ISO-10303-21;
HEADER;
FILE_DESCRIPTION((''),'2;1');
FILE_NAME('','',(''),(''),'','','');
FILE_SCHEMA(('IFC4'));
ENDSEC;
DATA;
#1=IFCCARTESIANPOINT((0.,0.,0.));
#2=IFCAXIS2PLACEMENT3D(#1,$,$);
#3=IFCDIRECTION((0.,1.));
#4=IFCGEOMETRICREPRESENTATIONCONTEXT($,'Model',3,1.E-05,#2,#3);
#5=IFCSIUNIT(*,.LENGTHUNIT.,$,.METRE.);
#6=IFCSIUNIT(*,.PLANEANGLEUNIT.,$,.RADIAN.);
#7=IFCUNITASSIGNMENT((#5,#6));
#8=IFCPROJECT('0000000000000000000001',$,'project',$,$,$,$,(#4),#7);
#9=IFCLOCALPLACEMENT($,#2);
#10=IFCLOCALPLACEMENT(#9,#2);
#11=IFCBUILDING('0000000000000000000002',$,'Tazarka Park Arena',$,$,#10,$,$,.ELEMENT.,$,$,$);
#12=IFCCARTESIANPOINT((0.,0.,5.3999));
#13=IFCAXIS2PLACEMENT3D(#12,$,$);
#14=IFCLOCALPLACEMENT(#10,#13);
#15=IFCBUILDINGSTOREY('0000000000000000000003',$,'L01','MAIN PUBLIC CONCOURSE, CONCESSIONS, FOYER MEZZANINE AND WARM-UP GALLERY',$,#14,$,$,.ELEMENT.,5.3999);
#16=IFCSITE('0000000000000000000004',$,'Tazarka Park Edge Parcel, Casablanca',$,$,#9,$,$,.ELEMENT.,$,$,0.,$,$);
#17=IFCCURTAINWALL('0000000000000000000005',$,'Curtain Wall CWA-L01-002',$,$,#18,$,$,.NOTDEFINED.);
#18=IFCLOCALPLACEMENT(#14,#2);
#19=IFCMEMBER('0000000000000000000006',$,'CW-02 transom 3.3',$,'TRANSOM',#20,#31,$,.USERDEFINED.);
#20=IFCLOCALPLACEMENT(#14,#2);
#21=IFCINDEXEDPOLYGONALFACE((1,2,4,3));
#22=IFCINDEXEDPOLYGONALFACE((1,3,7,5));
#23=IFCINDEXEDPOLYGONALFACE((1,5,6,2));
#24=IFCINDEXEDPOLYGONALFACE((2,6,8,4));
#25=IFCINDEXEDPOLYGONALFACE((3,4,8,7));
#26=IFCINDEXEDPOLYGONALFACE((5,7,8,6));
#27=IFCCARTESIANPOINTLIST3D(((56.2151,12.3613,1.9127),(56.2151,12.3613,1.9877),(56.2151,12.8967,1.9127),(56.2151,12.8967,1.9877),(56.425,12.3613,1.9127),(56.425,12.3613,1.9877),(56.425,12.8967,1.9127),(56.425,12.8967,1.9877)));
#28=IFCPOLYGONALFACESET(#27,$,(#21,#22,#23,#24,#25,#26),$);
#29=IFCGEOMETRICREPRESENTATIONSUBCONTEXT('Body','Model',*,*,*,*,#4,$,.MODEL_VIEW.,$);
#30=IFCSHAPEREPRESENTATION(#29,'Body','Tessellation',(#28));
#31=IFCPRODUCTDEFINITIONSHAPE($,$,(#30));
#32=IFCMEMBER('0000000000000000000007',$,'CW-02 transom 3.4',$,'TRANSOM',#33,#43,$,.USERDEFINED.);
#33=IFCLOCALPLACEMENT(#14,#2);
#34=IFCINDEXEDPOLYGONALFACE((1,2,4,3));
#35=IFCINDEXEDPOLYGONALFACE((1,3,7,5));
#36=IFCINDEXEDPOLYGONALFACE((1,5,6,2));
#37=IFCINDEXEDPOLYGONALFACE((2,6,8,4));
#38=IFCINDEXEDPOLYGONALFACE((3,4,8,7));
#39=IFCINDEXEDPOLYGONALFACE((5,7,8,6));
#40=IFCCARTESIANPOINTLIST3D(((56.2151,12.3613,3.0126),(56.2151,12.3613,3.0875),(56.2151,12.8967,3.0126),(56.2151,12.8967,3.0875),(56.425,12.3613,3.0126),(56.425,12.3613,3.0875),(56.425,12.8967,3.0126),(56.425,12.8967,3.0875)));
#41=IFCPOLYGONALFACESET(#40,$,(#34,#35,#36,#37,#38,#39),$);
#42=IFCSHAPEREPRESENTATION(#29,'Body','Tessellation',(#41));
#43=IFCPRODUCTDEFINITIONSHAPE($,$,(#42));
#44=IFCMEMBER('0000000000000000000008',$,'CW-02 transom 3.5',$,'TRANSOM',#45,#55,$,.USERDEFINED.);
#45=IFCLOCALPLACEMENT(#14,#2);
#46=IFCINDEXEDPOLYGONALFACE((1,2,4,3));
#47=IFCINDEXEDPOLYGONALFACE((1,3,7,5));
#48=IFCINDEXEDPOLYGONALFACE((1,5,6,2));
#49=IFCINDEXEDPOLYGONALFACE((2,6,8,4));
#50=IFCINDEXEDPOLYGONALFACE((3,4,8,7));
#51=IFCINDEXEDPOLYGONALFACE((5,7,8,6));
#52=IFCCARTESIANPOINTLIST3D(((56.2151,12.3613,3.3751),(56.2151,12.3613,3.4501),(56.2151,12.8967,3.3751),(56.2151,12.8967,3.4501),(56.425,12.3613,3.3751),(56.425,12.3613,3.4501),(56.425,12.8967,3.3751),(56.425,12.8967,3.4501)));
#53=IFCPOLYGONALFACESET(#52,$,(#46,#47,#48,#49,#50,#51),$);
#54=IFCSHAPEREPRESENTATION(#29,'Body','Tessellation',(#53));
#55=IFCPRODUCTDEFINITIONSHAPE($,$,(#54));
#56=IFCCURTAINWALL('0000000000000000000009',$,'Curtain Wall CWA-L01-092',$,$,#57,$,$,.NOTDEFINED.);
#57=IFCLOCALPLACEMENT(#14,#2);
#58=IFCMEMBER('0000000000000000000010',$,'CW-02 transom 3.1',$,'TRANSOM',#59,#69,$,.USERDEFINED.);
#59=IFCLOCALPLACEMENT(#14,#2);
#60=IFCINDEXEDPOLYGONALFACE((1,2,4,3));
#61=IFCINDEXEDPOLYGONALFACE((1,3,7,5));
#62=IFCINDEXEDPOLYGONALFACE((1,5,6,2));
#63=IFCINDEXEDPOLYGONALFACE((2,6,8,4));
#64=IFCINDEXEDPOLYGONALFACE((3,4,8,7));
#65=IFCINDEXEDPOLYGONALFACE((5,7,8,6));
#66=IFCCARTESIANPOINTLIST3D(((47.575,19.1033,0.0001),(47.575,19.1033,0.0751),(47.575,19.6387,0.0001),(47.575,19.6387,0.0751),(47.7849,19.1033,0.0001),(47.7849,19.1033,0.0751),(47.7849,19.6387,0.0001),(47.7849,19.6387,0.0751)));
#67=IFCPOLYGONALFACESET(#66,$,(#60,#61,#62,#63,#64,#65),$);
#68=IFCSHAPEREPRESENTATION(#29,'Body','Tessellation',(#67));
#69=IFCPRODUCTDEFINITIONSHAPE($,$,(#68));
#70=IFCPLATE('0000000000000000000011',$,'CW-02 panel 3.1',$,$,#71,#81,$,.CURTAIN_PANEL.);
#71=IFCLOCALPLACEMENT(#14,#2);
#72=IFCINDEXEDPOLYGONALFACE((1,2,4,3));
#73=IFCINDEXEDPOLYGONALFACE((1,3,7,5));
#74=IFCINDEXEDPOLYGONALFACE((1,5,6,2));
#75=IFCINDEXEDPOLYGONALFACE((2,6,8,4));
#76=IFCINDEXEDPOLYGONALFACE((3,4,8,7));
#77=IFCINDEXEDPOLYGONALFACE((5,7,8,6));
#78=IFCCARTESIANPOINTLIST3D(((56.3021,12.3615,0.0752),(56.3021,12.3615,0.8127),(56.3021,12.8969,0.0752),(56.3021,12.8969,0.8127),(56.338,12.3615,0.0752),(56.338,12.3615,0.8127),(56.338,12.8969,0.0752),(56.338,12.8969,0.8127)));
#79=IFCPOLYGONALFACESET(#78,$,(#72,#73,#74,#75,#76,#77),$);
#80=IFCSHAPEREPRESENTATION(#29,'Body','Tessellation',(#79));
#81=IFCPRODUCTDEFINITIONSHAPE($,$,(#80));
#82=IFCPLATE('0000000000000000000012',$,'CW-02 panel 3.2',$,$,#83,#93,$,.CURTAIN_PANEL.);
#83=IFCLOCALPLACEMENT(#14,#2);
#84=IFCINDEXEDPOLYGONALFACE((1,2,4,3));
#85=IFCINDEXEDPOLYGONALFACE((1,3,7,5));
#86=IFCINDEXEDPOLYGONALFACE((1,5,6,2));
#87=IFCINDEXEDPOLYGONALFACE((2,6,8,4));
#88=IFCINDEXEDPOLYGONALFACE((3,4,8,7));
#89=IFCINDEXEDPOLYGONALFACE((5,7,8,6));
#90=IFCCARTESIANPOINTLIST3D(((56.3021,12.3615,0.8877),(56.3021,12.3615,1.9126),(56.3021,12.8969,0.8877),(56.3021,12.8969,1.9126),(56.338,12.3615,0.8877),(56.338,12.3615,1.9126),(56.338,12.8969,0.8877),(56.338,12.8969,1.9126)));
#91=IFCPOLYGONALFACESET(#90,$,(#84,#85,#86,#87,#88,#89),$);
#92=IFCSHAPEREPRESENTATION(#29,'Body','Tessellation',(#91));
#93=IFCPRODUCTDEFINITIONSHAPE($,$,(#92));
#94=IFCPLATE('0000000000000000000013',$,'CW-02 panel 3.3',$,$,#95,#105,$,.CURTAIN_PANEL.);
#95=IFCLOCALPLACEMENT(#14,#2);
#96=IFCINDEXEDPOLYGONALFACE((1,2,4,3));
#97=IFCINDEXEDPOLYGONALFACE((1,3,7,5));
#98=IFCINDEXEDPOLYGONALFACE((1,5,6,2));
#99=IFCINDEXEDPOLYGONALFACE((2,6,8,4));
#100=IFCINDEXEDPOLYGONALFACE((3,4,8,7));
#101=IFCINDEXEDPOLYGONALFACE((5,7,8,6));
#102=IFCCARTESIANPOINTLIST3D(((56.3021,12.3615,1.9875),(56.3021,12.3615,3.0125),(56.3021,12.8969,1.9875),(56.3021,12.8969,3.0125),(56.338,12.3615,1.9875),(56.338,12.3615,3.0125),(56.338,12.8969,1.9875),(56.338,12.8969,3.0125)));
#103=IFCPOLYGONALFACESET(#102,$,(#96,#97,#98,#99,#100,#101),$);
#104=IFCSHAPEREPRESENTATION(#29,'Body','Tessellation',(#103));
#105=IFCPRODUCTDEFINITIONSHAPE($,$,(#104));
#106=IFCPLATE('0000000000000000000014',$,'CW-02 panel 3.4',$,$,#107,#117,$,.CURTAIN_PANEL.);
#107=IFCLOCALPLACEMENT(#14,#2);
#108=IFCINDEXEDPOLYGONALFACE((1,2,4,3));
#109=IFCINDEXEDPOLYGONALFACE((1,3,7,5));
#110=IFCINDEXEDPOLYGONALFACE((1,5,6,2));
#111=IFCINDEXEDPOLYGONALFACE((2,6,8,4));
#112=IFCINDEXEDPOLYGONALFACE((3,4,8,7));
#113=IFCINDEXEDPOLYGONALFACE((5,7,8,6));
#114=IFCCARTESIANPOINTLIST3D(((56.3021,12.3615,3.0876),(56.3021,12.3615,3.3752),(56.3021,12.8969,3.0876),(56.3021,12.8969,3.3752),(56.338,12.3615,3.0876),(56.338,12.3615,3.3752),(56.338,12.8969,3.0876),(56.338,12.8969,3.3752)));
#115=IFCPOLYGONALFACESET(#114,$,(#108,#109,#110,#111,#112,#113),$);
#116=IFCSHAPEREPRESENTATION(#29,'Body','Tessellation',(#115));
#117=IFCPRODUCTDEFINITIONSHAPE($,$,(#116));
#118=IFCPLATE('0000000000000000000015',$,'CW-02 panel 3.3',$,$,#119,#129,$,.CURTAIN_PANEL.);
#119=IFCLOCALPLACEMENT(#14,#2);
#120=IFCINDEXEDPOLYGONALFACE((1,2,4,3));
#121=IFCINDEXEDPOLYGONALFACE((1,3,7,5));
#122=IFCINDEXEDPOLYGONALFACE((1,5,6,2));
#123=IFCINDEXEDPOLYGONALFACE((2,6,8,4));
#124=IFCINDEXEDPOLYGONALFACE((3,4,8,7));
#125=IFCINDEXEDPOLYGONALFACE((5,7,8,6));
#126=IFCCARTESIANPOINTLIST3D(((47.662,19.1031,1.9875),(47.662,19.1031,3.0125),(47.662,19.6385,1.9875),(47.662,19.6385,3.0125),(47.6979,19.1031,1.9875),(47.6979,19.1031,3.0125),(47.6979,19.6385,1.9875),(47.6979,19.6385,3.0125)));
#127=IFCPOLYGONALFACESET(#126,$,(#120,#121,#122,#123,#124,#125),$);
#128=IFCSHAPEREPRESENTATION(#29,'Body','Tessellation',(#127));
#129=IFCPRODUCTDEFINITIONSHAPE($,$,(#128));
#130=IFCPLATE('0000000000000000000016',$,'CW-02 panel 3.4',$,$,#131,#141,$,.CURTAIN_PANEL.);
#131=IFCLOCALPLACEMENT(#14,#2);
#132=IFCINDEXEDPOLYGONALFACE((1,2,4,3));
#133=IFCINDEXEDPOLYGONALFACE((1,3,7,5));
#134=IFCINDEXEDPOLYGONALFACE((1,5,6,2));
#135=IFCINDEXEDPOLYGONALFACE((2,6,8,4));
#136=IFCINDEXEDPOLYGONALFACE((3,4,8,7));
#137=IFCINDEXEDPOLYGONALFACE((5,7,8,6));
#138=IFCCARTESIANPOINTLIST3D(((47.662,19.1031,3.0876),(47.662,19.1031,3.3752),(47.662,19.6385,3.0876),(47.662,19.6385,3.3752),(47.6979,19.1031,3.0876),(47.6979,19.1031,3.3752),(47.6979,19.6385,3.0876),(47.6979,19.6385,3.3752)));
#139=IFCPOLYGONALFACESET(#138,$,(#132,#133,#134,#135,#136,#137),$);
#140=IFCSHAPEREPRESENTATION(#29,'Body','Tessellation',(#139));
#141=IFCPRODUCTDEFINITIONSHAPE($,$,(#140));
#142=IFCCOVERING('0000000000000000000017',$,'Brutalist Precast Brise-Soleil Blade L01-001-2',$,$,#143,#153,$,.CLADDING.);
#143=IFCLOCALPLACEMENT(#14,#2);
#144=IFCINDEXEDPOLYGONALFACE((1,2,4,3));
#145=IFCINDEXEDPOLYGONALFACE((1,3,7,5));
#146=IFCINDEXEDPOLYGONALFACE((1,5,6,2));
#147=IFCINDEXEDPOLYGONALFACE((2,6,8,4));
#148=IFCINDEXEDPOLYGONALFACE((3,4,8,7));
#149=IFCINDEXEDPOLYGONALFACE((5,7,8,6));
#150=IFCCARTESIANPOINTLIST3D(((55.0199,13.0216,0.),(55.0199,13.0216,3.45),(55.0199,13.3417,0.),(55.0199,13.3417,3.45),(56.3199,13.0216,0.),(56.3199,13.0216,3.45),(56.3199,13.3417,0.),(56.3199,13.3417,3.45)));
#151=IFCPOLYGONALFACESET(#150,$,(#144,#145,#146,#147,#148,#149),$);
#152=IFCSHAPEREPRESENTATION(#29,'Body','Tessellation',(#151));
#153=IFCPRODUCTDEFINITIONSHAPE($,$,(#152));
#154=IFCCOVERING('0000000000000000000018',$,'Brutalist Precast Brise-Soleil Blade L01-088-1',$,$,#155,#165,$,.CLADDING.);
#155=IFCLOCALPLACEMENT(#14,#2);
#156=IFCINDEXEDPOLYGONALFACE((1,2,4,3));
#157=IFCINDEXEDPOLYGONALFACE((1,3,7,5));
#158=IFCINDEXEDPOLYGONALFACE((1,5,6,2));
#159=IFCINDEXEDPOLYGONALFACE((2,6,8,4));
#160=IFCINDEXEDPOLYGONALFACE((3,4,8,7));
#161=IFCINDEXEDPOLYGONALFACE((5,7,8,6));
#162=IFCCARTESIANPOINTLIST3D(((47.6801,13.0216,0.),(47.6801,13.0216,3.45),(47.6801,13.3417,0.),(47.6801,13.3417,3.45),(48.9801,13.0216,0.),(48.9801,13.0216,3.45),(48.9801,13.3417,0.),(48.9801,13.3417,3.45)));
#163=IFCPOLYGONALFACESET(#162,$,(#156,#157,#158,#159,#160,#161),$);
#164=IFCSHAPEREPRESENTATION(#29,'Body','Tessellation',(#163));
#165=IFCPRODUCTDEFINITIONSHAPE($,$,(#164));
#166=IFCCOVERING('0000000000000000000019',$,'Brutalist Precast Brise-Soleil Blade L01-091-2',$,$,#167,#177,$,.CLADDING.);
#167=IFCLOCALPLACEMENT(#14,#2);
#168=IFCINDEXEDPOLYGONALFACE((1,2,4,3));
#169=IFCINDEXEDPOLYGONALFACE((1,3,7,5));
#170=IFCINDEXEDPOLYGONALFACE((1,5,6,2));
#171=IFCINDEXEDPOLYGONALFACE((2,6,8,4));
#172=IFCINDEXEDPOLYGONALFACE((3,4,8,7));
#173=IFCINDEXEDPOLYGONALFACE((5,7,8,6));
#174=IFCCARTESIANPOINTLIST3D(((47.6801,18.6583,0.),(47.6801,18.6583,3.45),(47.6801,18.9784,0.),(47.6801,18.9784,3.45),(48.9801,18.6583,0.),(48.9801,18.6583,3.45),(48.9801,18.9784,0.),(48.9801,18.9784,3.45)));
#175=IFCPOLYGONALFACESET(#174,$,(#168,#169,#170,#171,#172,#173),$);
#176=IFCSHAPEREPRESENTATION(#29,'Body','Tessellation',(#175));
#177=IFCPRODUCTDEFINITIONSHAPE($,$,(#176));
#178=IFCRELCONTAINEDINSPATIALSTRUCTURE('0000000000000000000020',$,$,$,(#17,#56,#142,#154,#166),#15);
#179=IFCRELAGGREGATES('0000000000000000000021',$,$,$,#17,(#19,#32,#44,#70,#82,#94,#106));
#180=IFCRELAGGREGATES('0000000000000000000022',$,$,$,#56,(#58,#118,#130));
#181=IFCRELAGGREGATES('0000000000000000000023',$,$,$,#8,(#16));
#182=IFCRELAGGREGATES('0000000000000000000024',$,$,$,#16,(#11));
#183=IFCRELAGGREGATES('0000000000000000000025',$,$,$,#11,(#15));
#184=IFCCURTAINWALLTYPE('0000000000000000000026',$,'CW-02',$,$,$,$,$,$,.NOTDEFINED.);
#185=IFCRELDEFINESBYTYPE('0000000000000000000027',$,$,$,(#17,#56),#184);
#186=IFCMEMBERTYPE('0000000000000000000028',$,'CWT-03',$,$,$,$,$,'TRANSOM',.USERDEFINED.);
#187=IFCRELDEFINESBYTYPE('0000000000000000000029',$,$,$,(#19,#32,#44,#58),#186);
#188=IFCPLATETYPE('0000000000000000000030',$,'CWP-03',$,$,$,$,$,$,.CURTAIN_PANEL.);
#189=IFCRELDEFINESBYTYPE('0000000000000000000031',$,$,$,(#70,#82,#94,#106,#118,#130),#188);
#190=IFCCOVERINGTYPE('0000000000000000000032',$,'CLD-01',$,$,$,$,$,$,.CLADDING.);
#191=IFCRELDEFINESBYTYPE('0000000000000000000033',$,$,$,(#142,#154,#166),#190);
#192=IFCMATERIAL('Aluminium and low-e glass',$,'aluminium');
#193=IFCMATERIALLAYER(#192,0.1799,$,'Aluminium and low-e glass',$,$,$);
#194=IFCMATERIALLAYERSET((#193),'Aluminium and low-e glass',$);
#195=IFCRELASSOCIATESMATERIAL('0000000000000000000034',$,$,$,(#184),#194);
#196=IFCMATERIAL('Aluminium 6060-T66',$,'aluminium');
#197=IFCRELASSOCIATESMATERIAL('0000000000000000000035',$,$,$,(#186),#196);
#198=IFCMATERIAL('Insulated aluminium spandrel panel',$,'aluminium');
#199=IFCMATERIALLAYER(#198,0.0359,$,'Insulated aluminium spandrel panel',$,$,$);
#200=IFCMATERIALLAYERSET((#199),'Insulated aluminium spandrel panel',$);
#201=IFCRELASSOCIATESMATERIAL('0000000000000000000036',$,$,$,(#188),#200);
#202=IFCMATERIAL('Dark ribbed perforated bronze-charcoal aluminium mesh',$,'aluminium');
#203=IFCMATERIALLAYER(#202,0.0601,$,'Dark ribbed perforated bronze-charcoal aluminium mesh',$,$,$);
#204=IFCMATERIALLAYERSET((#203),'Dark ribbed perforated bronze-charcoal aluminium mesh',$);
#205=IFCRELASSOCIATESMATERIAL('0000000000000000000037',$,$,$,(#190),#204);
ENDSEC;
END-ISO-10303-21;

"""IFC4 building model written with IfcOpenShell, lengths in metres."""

from ifc_helpers import new_model, si_unit, direction, frame, origin, origin_2d, place, context, subcontext, project, spatial, rectangle, extrude, material, layer, layer_set, material_profile, profile_set, type_object, element, aggregate, save


model = new_model("IFC4")

# Units and contexts
model_context = context("Model", 3, precision=1e-05, world=origin(), true_north=direction((0.0, 1.0)))
body_context = subcontext(model_context, "Body", "Model", "MODEL_VIEW")
ifc_project = project(units=[si_unit("LENGTHUNIT", "METRE"), si_unit("PLANEANGLEUNIT", "RADIAN")], contexts=[model_context])

# Site, building, storey
site_placement = place(None, origin())
site = spatial("IfcSite", under=ifc_project, at=site_placement, Name="Tazarka Park Edge Parcel, Casablanca", CompositionType="ELEMENT", RefElevation=0.0)
building_placement = place(site_placement, origin())
building = spatial("IfcBuilding", under=site, at=building_placement, Name="Tazarka Park Arena", CompositionType="ELEMENT")
storey_placement = place(building_placement, frame((0.0, 0.0, 5.3999)))
storey = spatial("IfcBuildingStorey", under=building, at=storey_placement, Name="L01", Description="MAIN PUBLIC CONCOURSE, CONCESSIONS, FOYER MEZZANINE AND WARM-UP GALLERY", CompositionType="ELEMENT", Elevation=5.3999)

# Curtain wall
ifc_material_1 = material(Name="Aluminium and low-e glass", Category="aluminium")
ifc_layer_1 = layer(ifc_material_1, 0.1799, Name="Aluminium and low-e glass")
ifc_layer_set_1 = layer_set([ifc_layer_1], Name="Aluminium and low-e glass")
curtain_wall_type_1 = type_object("IfcCurtainWallType", Name="CW-02", PredefinedType="NOTDEFINED", material=ifc_layer_set_1)
curtain_wall_1_placement = place(storey_placement, origin())
curtain_wall_1 = element("IfcCurtainWall", 1, at=curtain_wall_1_placement, inside=storey, type_object=curtain_wall_type_1, Name="Curtain Wall CWA-L01-002", PredefinedType="NOTDEFINED")

# Members
ifc_material_2 = material(Name="Aluminium 6060-T66", Category="aluminium")
ifc_material_profile_1 = material_profile(ifc_material_2, rectangle(XDim=0.21, YDim=0.075, at=origin_2d()), Name="Aluminium 6060-T66")
ifc_profile_set_1 = profile_set([ifc_material_profile_1], Name="Aluminium 6060-T66")
member_type_1 = type_object("IfcMemberType", Name="CWT-03", ElementType="TRANSOM", PredefinedType="USERDEFINED", material=ifc_profile_set_1)
member_1_placement = place(storey_placement, frame((56.3201, 12.3613, 1.9502), z_axis=(0.0, 1.0, 0.0), x_axis=(-1.0, 0.0, 0.0)))
member_1 = element("IfcMember", 2, at=member_1_placement, type_object=member_type_1, Name="CW-02 transom 3.3", ObjectType="TRANSOM", PredefinedType="USERDEFINED", context=body_context, shape_type="SweptSolid", body=[
    extrude(rectangle(XDim=0.21, YDim=0.075, at=origin_2d()), origin(), (0.0, 0.0, 1.0), 0.5354),
])
member_2_placement = place(storey_placement, frame((56.3201, 12.3613, 3.05), z_axis=(0.0, 1.0, 0.0), x_axis=(-1.0, 0.0, 0.0)))
member_2 = element("IfcMember", 3, at=member_2_placement, type_object=member_type_1, Name="CW-02 transom 3.4", ObjectType="TRANSOM", PredefinedType="USERDEFINED", context=body_context, shape_type="SweptSolid", body=[
    extrude(rectangle(XDim=0.21, YDim=0.075, at=origin_2d()), origin(), (0.0, 0.0, 1.0), 0.5354),
])
member_3_placement = place(storey_placement, frame((56.3201, 12.3613, 3.4126), z_axis=(0.0, 1.0, 0.0), x_axis=(-1.0, 0.0, 0.0)))
member_3 = element("IfcMember", 4, at=member_3_placement, type_object=member_type_1, Name="CW-02 transom 3.5", ObjectType="TRANSOM", PredefinedType="USERDEFINED", context=body_context, shape_type="SweptSolid", body=[
    extrude(rectangle(XDim=0.21, YDim=0.075, at=origin_2d()), origin(), (0.0, 0.0, 1.0), 0.5354),
])

# Curtain wall, member
curtain_wall_2_placement = place(storey_placement, origin())
curtain_wall_2 = element("IfcCurtainWall", 5, at=curtain_wall_2_placement, inside=storey, type_object=curtain_wall_type_1, Name="Curtain Wall CWA-L01-092", PredefinedType="NOTDEFINED")
member_4_placement = place(storey_placement, frame((47.6799, 19.6387, 0.0376), z_axis=(0.0, -1.0, 0.0), x_axis=(1.0, 0.0, 0.0)))
member_4 = element("IfcMember", 6, at=member_4_placement, type_object=member_type_1, Name="CW-02 transom 3.1", ObjectType="TRANSOM", PredefinedType="USERDEFINED", context=body_context, shape_type="SweptSolid", body=[
    extrude(rectangle(XDim=0.21, YDim=0.075, at=origin_2d()), origin(), (0.0, 0.0, 1.0), 0.5354),
])

# Plates
ifc_material_3 = material(Name="Insulated aluminium spandrel panel", Category="aluminium")
ifc_layer_2 = layer(ifc_material_3, 0.0359, Name="Insulated aluminium spandrel panel")
ifc_layer_set_2 = layer_set([ifc_layer_2], Name="Insulated aluminium spandrel panel")
plate_type = type_object("IfcPlateType", Name="CWP-03", PredefinedType="CURTAIN_PANEL", material=ifc_layer_set_2)
plate_1_placement = place(storey_placement, frame((56.3201, 12.6292, 0.0752), z_axis=(0.0, 0.0, 1.0), x_axis=(0.0, 1.0, 0.0)))
plate_1 = element("IfcPlate", 7, at=plate_1_placement, type_object=plate_type, Name="CW-02 panel 3.1", PredefinedType="CURTAIN_PANEL", context=body_context, shape_type="SweptSolid", body=[
    extrude(rectangle(XDim=0.5354, YDim=0.0359, at=origin_2d()), origin(), (0.0, 0.0, 1.0), 0.7375),
])
plate_2_placement = place(storey_placement, frame((56.3201, 12.6292, 0.8877), z_axis=(0.0, 0.0, 1.0), x_axis=(0.0, 1.0, 0.0)))
plate_2 = element("IfcPlate", 8, at=plate_2_placement, type_object=plate_type, Name="CW-02 panel 3.2", PredefinedType="CURTAIN_PANEL", context=body_context, shape_type="SweptSolid", body=[
    extrude(rectangle(XDim=0.5354, YDim=0.0359, at=origin_2d()), origin(), (0.0, 0.0, 1.0), 1.0249),
])
plate_3_placement = place(storey_placement, frame((56.3201, 12.6292, 1.9875), z_axis=(0.0, 0.0, 1.0), x_axis=(0.0, 1.0, 0.0)))
plate_3 = element("IfcPlate", 9, at=plate_3_placement, type_object=plate_type, Name="CW-02 panel 3.3", PredefinedType="CURTAIN_PANEL", context=body_context, shape_type="SweptSolid", body=[
    extrude(rectangle(XDim=0.5354, YDim=0.0359, at=origin_2d()), origin(), (0.0, 0.0, 1.0), 1.0249),
])
plate_4_placement = place(storey_placement, frame((56.3201, 12.6292, 3.0876), z_axis=(0.0, 0.0, 1.0), x_axis=(0.0, 1.0, 0.0)))
plate_4 = element("IfcPlate", 10, at=plate_4_placement, type_object=plate_type, Name="CW-02 panel 3.4", PredefinedType="CURTAIN_PANEL", context=body_context, shape_type="SweptSolid", body=[
    extrude(rectangle(XDim=0.5354, YDim=0.0359, at=origin_2d()), origin(), (0.0, 0.0, 1.0), 0.2876),
])
aggregate(curtain_wall_1, [member_1, member_2, member_3, plate_1, plate_2, plate_3, plate_4])
plate_5_placement = place(storey_placement, frame((47.6799, 19.3708, 1.9875), z_axis=(0.0, 0.0, 1.0), x_axis=(0.0, -1.0, 0.0)))
plate_5 = element("IfcPlate", 11, at=plate_5_placement, type_object=plate_type, Name="CW-02 panel 3.3", PredefinedType="CURTAIN_PANEL", context=body_context, shape_type="SweptSolid", body=[
    extrude(rectangle(XDim=0.5354, YDim=0.0359, at=origin_2d()), origin(), (0.0, 0.0, 1.0), 1.0249),
])
plate_6_placement = place(storey_placement, frame((47.6799, 19.3708, 3.0876), z_axis=(0.0, 0.0, 1.0), x_axis=(0.0, -1.0, 0.0)))
plate_6 = element("IfcPlate", 12, at=plate_6_placement, type_object=plate_type, Name="CW-02 panel 3.4", PredefinedType="CURTAIN_PANEL", context=body_context, shape_type="SweptSolid", body=[
    extrude(rectangle(XDim=0.5354, YDim=0.0359, at=origin_2d()), origin(), (0.0, 0.0, 1.0), 0.2876),
])
aggregate(curtain_wall_2, [member_4, plate_5, plate_6])

# Coverings
ifc_material_4 = material(Name="Dark ribbed perforated bronze-charcoal aluminium mesh", Category="aluminium")
ifc_layer_3 = layer(ifc_material_4, 0.0601, Name="Dark ribbed perforated bronze-charcoal aluminium mesh")
ifc_layer_set_3 = layer_set([ifc_layer_3], Name="Dark ribbed perforated bronze-charcoal aluminium mesh")
covering_type = type_object("IfcCoveringType", Name="CLD-01", PredefinedType="CLADDING", material=ifc_layer_set_3)
for number, where, z_axis, x_axis, name in (
    (13, (55.6699, 13.1816, 0.0), (0.0, 0.0, 1.0), (0.0, 1.0, 0.0), "Brutalist Precast Brise-Soleil Blade L01-001-2"),
    (14, (48.3301, 13.1816, 0.0), (0.0, 0.0, 1.0), (0.0, -1.0, 0.0), "Brutalist Precast Brise-Soleil Blade L01-088-1"),
    (15, (48.3301, 18.8184, 0.0), (0.0, 0.0, 1.0), (0.0, -1.0, 0.0), "Brutalist Precast Brise-Soleil Blade L01-091-2"),
):
    element("IfcCovering", number, at=place(storey_placement, frame(where, z_axis=z_axis, x_axis=x_axis)), inside=storey, type_object=covering_type, Name=name, PredefinedType="CLADDING", context=body_context, shape_type="SweptSolid", body=[
        extrude(rectangle(XDim=0.3201, YDim=1.3, at=origin_2d()), origin(), (0.0, 0.0, 1.0), 3.45),
    ])

save(model, "model.ifc")
